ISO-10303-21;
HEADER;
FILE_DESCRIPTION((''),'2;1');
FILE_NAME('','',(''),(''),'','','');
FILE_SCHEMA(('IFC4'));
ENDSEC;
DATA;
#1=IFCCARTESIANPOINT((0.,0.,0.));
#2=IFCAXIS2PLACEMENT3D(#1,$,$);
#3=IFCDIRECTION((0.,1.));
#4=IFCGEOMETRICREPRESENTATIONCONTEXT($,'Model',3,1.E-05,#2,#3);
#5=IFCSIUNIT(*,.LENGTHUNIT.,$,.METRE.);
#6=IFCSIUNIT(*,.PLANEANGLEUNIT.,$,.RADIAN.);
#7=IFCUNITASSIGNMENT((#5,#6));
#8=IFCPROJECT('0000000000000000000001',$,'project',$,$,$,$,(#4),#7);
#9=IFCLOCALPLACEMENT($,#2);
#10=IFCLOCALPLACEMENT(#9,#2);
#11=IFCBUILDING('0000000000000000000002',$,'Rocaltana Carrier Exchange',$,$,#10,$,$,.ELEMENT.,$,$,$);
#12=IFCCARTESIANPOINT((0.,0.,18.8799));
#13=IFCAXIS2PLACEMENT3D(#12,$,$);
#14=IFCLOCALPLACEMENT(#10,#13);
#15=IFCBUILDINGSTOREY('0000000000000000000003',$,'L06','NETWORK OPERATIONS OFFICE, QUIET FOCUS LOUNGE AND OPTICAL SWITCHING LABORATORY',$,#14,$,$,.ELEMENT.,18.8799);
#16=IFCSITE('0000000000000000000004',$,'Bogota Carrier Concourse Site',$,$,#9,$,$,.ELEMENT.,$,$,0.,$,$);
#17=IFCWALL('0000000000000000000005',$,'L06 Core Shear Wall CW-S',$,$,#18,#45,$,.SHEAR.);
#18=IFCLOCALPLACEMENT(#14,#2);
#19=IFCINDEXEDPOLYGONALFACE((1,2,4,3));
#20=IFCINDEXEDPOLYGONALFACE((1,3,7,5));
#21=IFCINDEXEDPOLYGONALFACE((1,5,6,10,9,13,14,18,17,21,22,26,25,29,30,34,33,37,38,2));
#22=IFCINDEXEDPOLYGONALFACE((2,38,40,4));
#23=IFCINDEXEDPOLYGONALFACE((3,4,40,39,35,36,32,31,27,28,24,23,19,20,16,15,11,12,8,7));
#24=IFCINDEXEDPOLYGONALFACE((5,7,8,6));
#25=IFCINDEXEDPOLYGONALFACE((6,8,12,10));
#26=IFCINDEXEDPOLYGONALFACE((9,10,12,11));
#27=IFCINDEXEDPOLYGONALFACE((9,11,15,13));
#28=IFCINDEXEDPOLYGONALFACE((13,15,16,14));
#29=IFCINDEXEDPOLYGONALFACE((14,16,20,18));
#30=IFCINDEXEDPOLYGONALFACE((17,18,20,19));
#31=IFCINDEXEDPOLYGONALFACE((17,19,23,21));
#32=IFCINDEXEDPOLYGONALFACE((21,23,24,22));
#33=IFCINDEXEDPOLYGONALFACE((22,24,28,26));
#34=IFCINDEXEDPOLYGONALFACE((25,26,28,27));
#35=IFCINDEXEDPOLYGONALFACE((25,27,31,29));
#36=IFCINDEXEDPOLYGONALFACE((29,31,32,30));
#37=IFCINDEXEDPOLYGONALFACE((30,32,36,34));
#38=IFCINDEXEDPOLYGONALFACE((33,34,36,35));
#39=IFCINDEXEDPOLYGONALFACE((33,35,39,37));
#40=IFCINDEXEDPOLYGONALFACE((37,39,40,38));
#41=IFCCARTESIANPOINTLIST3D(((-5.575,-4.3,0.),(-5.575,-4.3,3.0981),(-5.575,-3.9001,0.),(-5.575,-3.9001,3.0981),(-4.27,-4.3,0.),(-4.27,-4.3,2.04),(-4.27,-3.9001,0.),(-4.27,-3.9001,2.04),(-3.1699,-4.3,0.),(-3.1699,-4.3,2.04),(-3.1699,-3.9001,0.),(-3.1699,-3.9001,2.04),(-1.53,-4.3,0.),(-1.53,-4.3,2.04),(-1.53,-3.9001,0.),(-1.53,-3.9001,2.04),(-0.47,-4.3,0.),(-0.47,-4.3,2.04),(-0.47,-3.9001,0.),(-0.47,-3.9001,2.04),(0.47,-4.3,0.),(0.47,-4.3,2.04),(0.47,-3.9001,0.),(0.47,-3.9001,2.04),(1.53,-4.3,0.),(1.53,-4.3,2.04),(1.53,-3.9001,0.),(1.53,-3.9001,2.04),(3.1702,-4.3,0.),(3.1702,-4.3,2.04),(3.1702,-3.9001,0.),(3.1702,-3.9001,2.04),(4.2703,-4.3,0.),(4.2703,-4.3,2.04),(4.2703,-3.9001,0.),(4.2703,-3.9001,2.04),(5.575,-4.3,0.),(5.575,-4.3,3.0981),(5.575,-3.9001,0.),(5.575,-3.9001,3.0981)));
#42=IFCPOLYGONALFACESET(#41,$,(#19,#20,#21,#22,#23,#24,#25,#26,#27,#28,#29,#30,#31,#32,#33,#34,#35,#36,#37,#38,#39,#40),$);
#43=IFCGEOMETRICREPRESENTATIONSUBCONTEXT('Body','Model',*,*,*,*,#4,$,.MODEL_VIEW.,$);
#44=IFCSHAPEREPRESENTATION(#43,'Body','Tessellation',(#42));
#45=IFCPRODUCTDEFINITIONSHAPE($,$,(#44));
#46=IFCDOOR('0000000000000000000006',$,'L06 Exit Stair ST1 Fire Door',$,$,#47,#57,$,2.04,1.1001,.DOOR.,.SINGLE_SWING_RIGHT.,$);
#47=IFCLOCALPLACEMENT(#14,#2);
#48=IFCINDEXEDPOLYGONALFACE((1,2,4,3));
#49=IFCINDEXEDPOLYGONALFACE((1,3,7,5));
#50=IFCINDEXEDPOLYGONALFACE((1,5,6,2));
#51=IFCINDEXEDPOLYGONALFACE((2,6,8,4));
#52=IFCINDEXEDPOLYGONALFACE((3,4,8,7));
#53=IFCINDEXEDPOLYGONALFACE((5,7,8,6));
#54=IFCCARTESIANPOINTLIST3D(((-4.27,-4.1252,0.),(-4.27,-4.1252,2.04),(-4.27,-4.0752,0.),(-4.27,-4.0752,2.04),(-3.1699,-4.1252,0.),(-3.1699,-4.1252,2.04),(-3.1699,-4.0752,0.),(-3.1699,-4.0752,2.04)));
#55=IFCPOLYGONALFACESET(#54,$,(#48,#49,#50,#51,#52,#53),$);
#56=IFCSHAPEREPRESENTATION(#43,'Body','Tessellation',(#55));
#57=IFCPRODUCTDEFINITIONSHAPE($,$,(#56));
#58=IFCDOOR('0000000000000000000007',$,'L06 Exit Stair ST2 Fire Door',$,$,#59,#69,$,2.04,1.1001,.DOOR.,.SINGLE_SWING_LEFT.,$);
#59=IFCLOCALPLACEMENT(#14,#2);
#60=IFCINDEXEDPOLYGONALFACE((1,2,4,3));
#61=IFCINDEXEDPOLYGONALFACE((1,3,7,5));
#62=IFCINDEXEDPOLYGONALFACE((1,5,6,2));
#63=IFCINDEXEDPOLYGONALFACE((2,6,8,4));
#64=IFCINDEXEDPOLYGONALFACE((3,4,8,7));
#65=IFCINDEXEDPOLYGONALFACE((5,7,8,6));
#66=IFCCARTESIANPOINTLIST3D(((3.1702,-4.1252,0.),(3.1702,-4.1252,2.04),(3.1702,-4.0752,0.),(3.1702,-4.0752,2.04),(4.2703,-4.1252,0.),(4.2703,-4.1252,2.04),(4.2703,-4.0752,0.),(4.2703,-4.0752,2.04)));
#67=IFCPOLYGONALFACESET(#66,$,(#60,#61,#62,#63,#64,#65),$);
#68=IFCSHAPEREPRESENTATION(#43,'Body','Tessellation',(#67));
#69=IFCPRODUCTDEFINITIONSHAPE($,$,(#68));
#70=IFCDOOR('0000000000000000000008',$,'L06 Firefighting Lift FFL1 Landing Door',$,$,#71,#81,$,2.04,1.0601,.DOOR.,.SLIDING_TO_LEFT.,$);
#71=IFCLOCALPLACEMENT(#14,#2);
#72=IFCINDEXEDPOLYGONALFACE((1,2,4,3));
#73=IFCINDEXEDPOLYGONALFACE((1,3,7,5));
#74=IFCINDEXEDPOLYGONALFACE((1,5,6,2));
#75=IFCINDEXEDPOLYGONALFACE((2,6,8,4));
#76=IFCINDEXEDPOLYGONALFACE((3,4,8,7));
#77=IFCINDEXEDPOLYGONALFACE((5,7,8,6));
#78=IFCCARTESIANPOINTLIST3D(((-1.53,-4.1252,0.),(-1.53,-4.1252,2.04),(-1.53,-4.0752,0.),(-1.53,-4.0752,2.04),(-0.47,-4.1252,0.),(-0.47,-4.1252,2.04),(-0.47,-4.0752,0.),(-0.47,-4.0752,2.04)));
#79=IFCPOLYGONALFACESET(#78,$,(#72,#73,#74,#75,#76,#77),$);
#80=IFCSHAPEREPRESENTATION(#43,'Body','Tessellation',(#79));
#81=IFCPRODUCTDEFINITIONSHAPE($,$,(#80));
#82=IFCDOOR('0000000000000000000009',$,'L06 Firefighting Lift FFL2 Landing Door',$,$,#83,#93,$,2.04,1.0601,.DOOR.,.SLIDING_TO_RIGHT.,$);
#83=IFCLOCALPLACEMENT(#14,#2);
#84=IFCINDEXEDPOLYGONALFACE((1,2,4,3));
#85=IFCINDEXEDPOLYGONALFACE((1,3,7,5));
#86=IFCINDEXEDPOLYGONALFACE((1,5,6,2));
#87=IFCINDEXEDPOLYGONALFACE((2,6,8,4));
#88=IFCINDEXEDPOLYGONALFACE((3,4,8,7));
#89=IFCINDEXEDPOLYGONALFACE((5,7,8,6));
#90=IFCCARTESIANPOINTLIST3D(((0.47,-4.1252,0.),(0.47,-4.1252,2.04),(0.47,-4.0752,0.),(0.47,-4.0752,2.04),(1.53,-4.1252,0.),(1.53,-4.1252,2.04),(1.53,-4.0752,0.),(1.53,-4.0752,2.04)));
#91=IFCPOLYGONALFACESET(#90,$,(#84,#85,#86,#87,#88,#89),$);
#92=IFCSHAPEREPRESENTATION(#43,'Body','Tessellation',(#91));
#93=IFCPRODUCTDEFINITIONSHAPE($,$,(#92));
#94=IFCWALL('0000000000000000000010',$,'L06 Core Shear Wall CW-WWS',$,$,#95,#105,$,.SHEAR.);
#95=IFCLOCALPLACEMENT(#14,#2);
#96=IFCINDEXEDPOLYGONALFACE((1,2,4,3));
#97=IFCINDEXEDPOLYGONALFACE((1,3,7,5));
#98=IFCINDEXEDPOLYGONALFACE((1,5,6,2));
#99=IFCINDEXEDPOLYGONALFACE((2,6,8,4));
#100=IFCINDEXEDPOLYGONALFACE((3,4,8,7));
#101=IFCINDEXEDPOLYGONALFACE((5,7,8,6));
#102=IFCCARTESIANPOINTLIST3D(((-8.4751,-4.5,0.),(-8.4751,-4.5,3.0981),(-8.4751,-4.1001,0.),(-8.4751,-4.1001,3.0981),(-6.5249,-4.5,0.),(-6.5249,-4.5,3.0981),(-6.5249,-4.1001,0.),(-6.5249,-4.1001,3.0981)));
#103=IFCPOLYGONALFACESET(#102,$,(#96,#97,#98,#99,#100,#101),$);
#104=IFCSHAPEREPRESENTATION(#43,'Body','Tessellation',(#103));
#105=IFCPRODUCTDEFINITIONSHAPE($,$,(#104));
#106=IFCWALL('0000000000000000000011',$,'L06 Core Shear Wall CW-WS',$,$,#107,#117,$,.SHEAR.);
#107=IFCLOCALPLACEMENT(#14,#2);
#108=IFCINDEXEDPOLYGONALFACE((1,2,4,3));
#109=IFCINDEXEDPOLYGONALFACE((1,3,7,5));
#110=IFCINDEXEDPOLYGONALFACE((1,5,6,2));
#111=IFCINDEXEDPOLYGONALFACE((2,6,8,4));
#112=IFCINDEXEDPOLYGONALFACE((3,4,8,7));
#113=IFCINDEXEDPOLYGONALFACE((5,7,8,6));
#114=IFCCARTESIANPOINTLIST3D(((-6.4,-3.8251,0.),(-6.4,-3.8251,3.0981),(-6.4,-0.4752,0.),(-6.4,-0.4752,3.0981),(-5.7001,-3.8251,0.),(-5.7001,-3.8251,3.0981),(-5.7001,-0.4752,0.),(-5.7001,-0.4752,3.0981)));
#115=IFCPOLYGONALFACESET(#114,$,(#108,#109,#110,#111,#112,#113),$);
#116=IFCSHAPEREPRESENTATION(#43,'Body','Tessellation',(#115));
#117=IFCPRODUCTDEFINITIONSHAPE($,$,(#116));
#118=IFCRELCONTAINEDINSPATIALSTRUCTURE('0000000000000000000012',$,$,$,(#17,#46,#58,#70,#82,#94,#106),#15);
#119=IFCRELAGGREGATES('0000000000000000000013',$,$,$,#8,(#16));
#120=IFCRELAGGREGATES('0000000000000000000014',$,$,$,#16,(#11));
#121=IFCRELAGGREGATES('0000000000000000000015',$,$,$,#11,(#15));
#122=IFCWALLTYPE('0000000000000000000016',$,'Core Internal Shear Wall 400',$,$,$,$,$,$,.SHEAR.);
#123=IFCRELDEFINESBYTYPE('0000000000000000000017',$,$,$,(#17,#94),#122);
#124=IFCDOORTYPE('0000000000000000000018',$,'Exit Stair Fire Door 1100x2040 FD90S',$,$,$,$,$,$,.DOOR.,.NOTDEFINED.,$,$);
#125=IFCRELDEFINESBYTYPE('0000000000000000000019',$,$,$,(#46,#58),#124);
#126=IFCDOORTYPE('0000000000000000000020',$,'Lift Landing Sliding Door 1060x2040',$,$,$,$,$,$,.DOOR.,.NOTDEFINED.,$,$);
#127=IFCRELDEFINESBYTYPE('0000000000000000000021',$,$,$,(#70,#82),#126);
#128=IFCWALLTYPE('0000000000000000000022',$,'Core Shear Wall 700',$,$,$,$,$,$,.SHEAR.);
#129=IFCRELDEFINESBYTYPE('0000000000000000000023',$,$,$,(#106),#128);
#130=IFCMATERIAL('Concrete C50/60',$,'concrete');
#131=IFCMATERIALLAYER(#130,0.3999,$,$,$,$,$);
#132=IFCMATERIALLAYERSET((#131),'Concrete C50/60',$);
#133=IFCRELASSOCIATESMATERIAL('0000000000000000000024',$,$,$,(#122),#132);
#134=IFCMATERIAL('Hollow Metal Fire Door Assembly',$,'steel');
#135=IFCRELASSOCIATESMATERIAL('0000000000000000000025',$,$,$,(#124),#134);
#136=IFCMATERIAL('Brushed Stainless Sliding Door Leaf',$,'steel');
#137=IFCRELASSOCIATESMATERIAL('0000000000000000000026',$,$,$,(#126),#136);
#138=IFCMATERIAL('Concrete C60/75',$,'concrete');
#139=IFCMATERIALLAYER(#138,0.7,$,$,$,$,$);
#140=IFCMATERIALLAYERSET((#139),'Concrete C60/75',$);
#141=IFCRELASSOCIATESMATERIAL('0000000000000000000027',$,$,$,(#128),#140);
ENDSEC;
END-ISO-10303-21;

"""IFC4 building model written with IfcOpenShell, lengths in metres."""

from ifc_helpers import new_model, si_unit, direction, frame, frame_2d, origin, place, context, subcontext, project, spatial, rectangle, extrude, material, layer, layer_set, type_object, element, fill, save


model = new_model("IFC4")

# Units and contexts
model_context = context("Model", 3, precision=1e-05, world=origin(), true_north=direction((0.0, 1.0)))
body_context = subcontext(model_context, "Body", "Model", "MODEL_VIEW")
ifc_project = project(units=[si_unit("LENGTHUNIT", "METRE"), si_unit("PLANEANGLEUNIT", "RADIAN")], contexts=[model_context])

# Site, building, storey
site_placement = place(None, origin())
site = spatial("IfcSite", under=ifc_project, at=site_placement, Name="Bogota Carrier Concourse Site", CompositionType="ELEMENT", RefElevation=0.0)
building_placement = place(site_placement, origin())
building = spatial("IfcBuilding", under=site, at=building_placement, Name="Rocaltana Carrier Exchange", CompositionType="ELEMENT")
storey_placement = place(building_placement, frame((0.0, 0.0, 18.8799)))
storey = spatial("IfcBuildingStorey", under=building, at=storey_placement, Name="L06", Description="NETWORK OPERATIONS OFFICE, QUIET FOCUS LOUNGE AND OPTICAL SWITCHING LABORATORY", CompositionType="ELEMENT", Elevation=18.8799)

# Wall, openings, doors
ifc_material_1 = material(Name="Concrete C50/60", Category="concrete")
ifc_layer_1 = layer(ifc_material_1, 0.3999)
ifc_layer_set_1 = layer_set([ifc_layer_1], Name="Concrete C50/60")
wall_type_1 = type_object("IfcWallType", Name="Core Internal Shear Wall 400", PredefinedType="SHEAR", material=ifc_layer_set_1)
wall_1_placement = place(storey_placement, frame((-5.575, -4.1001, 0.0), z_axis=(0.0, 0.0, 1.0), x_axis=(1.0, 0.0, 0.0)))
wall_1 = element("IfcWall", 1, at=wall_1_placement, inside=storey, type_object=wall_type_1, Name="L06 Core Shear Wall CW-S", PredefinedType="SHEAR", context=body_context, shape_type="SweptSolid", body=[
    extrude(rectangle(XDim=11.1499, YDim=0.3999, at=frame_2d((5.575, 0.0))), origin(), (0.0, 0.0, 1.0), 3.0981),
])
opening_1_placement = place(wall_1_placement, frame((1.3049, 0.0, 0.0)))
opening_1 = element("IfcOpeningElement", 2, at=opening_1_placement, cuts=wall_1, PredefinedType="OPENING", context=body_context, shape_type="SweptSolid", body=[
    extrude(rectangle(XDim=1.1001, YDim=2.04, at=frame_2d((0.55, 1.02))), frame((0.0, 0.21, 0.0), z_axis=(0.0, -1.0, 0.0), x_axis=(1.0, 0.0, 0.0)), (0.0, 0.0, 1.0), 0.4199),
])
opening_2_placement = place(wall_1_placement, frame((8.7451, 0.0, 0.0)))
opening_2 = element("IfcOpeningElement", 3, at=opening_2_placement, cuts=wall_1, PredefinedType="OPENING", context=body_context, shape_type="SweptSolid", body=[
    extrude(rectangle(XDim=1.1001, YDim=2.04, at=frame_2d((0.55, 1.02))), frame((0.0, 0.21, 0.0), z_axis=(0.0, -1.0, 0.0), x_axis=(1.0, 0.0, 0.0)), (0.0, 0.0, 1.0), 0.4199),
])
opening_3_placement = place(wall_1_placement, frame((4.0449, 0.0, 0.0)))
opening_3 = element("IfcOpeningElement", 4, at=opening_3_placement, cuts=wall_1, PredefinedType="OPENING", context=body_context, shape_type="SweptSolid", body=[
    extrude(rectangle(XDim=1.0601, YDim=2.04, at=frame_2d((0.53, 1.02))), frame((0.0, 0.21, 0.0), z_axis=(0.0, -1.0, 0.0), x_axis=(1.0, 0.0, 0.0)), (0.0, 0.0, 1.0), 0.4199),
])
opening_4_placement = place(wall_1_placement, frame((6.0449, 0.0, 0.0)))
opening_4 = element("IfcOpeningElement", 5, at=opening_4_placement, cuts=wall_1, PredefinedType="OPENING", context=body_context, shape_type="SweptSolid", body=[
    extrude(rectangle(XDim=1.0601, YDim=2.04, at=frame_2d((0.53, 1.02))), frame((0.0, 0.21, 0.0), z_axis=(0.0, -1.0, 0.0), x_axis=(1.0, 0.0, 0.0)), (0.0, 0.0, 1.0), 0.4199),
])
ifc_material_2 = material(Name="Hollow Metal Fire Door Assembly", Category="steel")
door_type_1 = type_object("IfcDoorType", Name="Exit Stair Fire Door 1100x2040 FD90S", OperationType="NOTDEFINED", PredefinedType="DOOR", material=ifc_material_2)
door_1_placement = place(opening_1_placement, origin())
door_1 = element("IfcDoor", 6, at=door_1_placement, inside=storey, type_object=door_type_1, Name="L06 Exit Stair ST1 Fire Door", OperationType="SINGLE_SWING_RIGHT", OverallHeight=2.04, OverallWidth=1.1001, PredefinedType="DOOR", context=body_context, shape_type="SweptSolid", body=[
    extrude(rectangle(XDim=1.1001, YDim=2.04, at=frame_2d((0.55, 1.02))), frame((0.0, 0.0249, 0.0), z_axis=(0.0, -1.0, 0.0), x_axis=(1.0, 0.0, 0.0)), (0.0, 0.0, 1.0), 0.05),
])
fill(opening_1, door_1)
door_2_placement = place(opening_2_placement, origin())
door_2 = element("IfcDoor", 7, at=door_2_placement, inside=storey, type_object=door_type_1, Name="L06 Exit Stair ST2 Fire Door", OperationType="SINGLE_SWING_LEFT", OverallHeight=2.04, OverallWidth=1.1001, PredefinedType="DOOR", context=body_context, shape_type="SweptSolid", body=[
    extrude(rectangle(XDim=1.1001, YDim=2.04, at=frame_2d((0.55, 1.02))), frame((0.0, 0.0249, 0.0), z_axis=(0.0, -1.0, 0.0), x_axis=(1.0, 0.0, 0.0)), (0.0, 0.0, 1.0), 0.05),
])
fill(opening_2, door_2)
ifc_material_3 = material(Name="Brushed Stainless Sliding Door Leaf", Category="steel")
door_type_2 = type_object("IfcDoorType", Name="Lift Landing Sliding Door 1060x2040", OperationType="NOTDEFINED", PredefinedType="DOOR", material=ifc_material_3)
door_3_placement = place(opening_3_placement, origin())
door_3 = element("IfcDoor", 8, at=door_3_placement, inside=storey, type_object=door_type_2, Name="L06 Firefighting Lift FFL1 Landing Door", OperationType="SLIDING_TO_LEFT", OverallHeight=2.04, OverallWidth=1.0601, PredefinedType="DOOR", context=body_context, shape_type="SweptSolid", body=[
    extrude(rectangle(XDim=1.0601, YDim=2.04, at=frame_2d((0.53, 1.02))), frame((0.0, 0.0249, 0.0), z_axis=(0.0, -1.0, 0.0), x_axis=(1.0, 0.0, 0.0)), (0.0, 0.0, 1.0), 0.05),
])
fill(opening_3, door_3)
door_4_placement = place(opening_4_placement, origin())
door_4 = element("IfcDoor", 9, at=door_4_placement, inside=storey, type_object=door_type_2, Name="L06 Firefighting Lift FFL2 Landing Door", OperationType="SLIDING_TO_RIGHT", OverallHeight=2.04, OverallWidth=1.0601, PredefinedType="DOOR", context=body_context, shape_type="SweptSolid", body=[
    extrude(rectangle(XDim=1.0601, YDim=2.04, at=frame_2d((0.53, 1.02))), frame((0.0, 0.0249, 0.0), z_axis=(0.0, -1.0, 0.0), x_axis=(1.0, 0.0, 0.0)), (0.0, 0.0, 1.0), 0.05),
])
fill(opening_4, door_4)

# Walls
wall_2_placement = place(storey_placement, frame((-8.4751, -4.3, 0.0), z_axis=(0.0, 0.0, 1.0), x_axis=(1.0, 0.0, 0.0)))
element("IfcWall", 10, at=wall_2_placement, inside=storey, type_object=wall_type_1, Name="L06 Core Shear Wall CW-WWS", PredefinedType="SHEAR", context=body_context, shape_type="SweptSolid", body=[
    extrude(rectangle(XDim=1.9502, YDim=0.3999, at=frame_2d((0.9751, 0.0))), origin(), (0.0, 0.0, 1.0), 3.0981),
])
ifc_material_4 = material(Name="Concrete C60/75", Category="concrete")
ifc_layer_2 = layer(ifc_material_4, 0.7)
ifc_layer_set_2 = layer_set([ifc_layer_2], Name="Concrete C60/75")
wall_type_2 = type_object("IfcWallType", Name="Core Shear Wall 700", PredefinedType="SHEAR", material=ifc_layer_set_2)
wall_3_placement = place(storey_placement, frame((-6.05, -3.825, 0.0), z_axis=(0.0, 0.0, 1.0), x_axis=(0.0, 1.0, 0.0)))
element("IfcWall", 11, at=wall_3_placement, inside=storey, type_object=wall_type_2, Name="L06 Core Shear Wall CW-WS", PredefinedType="SHEAR", context=body_context, shape_type="SweptSolid", body=[
    extrude(rectangle(XDim=3.3499, YDim=0.7, at=frame_2d((1.6748, 0.0))), origin(), (0.0, 0.0, 1.0), 3.0981),
])

save(model, "model.ifc")
